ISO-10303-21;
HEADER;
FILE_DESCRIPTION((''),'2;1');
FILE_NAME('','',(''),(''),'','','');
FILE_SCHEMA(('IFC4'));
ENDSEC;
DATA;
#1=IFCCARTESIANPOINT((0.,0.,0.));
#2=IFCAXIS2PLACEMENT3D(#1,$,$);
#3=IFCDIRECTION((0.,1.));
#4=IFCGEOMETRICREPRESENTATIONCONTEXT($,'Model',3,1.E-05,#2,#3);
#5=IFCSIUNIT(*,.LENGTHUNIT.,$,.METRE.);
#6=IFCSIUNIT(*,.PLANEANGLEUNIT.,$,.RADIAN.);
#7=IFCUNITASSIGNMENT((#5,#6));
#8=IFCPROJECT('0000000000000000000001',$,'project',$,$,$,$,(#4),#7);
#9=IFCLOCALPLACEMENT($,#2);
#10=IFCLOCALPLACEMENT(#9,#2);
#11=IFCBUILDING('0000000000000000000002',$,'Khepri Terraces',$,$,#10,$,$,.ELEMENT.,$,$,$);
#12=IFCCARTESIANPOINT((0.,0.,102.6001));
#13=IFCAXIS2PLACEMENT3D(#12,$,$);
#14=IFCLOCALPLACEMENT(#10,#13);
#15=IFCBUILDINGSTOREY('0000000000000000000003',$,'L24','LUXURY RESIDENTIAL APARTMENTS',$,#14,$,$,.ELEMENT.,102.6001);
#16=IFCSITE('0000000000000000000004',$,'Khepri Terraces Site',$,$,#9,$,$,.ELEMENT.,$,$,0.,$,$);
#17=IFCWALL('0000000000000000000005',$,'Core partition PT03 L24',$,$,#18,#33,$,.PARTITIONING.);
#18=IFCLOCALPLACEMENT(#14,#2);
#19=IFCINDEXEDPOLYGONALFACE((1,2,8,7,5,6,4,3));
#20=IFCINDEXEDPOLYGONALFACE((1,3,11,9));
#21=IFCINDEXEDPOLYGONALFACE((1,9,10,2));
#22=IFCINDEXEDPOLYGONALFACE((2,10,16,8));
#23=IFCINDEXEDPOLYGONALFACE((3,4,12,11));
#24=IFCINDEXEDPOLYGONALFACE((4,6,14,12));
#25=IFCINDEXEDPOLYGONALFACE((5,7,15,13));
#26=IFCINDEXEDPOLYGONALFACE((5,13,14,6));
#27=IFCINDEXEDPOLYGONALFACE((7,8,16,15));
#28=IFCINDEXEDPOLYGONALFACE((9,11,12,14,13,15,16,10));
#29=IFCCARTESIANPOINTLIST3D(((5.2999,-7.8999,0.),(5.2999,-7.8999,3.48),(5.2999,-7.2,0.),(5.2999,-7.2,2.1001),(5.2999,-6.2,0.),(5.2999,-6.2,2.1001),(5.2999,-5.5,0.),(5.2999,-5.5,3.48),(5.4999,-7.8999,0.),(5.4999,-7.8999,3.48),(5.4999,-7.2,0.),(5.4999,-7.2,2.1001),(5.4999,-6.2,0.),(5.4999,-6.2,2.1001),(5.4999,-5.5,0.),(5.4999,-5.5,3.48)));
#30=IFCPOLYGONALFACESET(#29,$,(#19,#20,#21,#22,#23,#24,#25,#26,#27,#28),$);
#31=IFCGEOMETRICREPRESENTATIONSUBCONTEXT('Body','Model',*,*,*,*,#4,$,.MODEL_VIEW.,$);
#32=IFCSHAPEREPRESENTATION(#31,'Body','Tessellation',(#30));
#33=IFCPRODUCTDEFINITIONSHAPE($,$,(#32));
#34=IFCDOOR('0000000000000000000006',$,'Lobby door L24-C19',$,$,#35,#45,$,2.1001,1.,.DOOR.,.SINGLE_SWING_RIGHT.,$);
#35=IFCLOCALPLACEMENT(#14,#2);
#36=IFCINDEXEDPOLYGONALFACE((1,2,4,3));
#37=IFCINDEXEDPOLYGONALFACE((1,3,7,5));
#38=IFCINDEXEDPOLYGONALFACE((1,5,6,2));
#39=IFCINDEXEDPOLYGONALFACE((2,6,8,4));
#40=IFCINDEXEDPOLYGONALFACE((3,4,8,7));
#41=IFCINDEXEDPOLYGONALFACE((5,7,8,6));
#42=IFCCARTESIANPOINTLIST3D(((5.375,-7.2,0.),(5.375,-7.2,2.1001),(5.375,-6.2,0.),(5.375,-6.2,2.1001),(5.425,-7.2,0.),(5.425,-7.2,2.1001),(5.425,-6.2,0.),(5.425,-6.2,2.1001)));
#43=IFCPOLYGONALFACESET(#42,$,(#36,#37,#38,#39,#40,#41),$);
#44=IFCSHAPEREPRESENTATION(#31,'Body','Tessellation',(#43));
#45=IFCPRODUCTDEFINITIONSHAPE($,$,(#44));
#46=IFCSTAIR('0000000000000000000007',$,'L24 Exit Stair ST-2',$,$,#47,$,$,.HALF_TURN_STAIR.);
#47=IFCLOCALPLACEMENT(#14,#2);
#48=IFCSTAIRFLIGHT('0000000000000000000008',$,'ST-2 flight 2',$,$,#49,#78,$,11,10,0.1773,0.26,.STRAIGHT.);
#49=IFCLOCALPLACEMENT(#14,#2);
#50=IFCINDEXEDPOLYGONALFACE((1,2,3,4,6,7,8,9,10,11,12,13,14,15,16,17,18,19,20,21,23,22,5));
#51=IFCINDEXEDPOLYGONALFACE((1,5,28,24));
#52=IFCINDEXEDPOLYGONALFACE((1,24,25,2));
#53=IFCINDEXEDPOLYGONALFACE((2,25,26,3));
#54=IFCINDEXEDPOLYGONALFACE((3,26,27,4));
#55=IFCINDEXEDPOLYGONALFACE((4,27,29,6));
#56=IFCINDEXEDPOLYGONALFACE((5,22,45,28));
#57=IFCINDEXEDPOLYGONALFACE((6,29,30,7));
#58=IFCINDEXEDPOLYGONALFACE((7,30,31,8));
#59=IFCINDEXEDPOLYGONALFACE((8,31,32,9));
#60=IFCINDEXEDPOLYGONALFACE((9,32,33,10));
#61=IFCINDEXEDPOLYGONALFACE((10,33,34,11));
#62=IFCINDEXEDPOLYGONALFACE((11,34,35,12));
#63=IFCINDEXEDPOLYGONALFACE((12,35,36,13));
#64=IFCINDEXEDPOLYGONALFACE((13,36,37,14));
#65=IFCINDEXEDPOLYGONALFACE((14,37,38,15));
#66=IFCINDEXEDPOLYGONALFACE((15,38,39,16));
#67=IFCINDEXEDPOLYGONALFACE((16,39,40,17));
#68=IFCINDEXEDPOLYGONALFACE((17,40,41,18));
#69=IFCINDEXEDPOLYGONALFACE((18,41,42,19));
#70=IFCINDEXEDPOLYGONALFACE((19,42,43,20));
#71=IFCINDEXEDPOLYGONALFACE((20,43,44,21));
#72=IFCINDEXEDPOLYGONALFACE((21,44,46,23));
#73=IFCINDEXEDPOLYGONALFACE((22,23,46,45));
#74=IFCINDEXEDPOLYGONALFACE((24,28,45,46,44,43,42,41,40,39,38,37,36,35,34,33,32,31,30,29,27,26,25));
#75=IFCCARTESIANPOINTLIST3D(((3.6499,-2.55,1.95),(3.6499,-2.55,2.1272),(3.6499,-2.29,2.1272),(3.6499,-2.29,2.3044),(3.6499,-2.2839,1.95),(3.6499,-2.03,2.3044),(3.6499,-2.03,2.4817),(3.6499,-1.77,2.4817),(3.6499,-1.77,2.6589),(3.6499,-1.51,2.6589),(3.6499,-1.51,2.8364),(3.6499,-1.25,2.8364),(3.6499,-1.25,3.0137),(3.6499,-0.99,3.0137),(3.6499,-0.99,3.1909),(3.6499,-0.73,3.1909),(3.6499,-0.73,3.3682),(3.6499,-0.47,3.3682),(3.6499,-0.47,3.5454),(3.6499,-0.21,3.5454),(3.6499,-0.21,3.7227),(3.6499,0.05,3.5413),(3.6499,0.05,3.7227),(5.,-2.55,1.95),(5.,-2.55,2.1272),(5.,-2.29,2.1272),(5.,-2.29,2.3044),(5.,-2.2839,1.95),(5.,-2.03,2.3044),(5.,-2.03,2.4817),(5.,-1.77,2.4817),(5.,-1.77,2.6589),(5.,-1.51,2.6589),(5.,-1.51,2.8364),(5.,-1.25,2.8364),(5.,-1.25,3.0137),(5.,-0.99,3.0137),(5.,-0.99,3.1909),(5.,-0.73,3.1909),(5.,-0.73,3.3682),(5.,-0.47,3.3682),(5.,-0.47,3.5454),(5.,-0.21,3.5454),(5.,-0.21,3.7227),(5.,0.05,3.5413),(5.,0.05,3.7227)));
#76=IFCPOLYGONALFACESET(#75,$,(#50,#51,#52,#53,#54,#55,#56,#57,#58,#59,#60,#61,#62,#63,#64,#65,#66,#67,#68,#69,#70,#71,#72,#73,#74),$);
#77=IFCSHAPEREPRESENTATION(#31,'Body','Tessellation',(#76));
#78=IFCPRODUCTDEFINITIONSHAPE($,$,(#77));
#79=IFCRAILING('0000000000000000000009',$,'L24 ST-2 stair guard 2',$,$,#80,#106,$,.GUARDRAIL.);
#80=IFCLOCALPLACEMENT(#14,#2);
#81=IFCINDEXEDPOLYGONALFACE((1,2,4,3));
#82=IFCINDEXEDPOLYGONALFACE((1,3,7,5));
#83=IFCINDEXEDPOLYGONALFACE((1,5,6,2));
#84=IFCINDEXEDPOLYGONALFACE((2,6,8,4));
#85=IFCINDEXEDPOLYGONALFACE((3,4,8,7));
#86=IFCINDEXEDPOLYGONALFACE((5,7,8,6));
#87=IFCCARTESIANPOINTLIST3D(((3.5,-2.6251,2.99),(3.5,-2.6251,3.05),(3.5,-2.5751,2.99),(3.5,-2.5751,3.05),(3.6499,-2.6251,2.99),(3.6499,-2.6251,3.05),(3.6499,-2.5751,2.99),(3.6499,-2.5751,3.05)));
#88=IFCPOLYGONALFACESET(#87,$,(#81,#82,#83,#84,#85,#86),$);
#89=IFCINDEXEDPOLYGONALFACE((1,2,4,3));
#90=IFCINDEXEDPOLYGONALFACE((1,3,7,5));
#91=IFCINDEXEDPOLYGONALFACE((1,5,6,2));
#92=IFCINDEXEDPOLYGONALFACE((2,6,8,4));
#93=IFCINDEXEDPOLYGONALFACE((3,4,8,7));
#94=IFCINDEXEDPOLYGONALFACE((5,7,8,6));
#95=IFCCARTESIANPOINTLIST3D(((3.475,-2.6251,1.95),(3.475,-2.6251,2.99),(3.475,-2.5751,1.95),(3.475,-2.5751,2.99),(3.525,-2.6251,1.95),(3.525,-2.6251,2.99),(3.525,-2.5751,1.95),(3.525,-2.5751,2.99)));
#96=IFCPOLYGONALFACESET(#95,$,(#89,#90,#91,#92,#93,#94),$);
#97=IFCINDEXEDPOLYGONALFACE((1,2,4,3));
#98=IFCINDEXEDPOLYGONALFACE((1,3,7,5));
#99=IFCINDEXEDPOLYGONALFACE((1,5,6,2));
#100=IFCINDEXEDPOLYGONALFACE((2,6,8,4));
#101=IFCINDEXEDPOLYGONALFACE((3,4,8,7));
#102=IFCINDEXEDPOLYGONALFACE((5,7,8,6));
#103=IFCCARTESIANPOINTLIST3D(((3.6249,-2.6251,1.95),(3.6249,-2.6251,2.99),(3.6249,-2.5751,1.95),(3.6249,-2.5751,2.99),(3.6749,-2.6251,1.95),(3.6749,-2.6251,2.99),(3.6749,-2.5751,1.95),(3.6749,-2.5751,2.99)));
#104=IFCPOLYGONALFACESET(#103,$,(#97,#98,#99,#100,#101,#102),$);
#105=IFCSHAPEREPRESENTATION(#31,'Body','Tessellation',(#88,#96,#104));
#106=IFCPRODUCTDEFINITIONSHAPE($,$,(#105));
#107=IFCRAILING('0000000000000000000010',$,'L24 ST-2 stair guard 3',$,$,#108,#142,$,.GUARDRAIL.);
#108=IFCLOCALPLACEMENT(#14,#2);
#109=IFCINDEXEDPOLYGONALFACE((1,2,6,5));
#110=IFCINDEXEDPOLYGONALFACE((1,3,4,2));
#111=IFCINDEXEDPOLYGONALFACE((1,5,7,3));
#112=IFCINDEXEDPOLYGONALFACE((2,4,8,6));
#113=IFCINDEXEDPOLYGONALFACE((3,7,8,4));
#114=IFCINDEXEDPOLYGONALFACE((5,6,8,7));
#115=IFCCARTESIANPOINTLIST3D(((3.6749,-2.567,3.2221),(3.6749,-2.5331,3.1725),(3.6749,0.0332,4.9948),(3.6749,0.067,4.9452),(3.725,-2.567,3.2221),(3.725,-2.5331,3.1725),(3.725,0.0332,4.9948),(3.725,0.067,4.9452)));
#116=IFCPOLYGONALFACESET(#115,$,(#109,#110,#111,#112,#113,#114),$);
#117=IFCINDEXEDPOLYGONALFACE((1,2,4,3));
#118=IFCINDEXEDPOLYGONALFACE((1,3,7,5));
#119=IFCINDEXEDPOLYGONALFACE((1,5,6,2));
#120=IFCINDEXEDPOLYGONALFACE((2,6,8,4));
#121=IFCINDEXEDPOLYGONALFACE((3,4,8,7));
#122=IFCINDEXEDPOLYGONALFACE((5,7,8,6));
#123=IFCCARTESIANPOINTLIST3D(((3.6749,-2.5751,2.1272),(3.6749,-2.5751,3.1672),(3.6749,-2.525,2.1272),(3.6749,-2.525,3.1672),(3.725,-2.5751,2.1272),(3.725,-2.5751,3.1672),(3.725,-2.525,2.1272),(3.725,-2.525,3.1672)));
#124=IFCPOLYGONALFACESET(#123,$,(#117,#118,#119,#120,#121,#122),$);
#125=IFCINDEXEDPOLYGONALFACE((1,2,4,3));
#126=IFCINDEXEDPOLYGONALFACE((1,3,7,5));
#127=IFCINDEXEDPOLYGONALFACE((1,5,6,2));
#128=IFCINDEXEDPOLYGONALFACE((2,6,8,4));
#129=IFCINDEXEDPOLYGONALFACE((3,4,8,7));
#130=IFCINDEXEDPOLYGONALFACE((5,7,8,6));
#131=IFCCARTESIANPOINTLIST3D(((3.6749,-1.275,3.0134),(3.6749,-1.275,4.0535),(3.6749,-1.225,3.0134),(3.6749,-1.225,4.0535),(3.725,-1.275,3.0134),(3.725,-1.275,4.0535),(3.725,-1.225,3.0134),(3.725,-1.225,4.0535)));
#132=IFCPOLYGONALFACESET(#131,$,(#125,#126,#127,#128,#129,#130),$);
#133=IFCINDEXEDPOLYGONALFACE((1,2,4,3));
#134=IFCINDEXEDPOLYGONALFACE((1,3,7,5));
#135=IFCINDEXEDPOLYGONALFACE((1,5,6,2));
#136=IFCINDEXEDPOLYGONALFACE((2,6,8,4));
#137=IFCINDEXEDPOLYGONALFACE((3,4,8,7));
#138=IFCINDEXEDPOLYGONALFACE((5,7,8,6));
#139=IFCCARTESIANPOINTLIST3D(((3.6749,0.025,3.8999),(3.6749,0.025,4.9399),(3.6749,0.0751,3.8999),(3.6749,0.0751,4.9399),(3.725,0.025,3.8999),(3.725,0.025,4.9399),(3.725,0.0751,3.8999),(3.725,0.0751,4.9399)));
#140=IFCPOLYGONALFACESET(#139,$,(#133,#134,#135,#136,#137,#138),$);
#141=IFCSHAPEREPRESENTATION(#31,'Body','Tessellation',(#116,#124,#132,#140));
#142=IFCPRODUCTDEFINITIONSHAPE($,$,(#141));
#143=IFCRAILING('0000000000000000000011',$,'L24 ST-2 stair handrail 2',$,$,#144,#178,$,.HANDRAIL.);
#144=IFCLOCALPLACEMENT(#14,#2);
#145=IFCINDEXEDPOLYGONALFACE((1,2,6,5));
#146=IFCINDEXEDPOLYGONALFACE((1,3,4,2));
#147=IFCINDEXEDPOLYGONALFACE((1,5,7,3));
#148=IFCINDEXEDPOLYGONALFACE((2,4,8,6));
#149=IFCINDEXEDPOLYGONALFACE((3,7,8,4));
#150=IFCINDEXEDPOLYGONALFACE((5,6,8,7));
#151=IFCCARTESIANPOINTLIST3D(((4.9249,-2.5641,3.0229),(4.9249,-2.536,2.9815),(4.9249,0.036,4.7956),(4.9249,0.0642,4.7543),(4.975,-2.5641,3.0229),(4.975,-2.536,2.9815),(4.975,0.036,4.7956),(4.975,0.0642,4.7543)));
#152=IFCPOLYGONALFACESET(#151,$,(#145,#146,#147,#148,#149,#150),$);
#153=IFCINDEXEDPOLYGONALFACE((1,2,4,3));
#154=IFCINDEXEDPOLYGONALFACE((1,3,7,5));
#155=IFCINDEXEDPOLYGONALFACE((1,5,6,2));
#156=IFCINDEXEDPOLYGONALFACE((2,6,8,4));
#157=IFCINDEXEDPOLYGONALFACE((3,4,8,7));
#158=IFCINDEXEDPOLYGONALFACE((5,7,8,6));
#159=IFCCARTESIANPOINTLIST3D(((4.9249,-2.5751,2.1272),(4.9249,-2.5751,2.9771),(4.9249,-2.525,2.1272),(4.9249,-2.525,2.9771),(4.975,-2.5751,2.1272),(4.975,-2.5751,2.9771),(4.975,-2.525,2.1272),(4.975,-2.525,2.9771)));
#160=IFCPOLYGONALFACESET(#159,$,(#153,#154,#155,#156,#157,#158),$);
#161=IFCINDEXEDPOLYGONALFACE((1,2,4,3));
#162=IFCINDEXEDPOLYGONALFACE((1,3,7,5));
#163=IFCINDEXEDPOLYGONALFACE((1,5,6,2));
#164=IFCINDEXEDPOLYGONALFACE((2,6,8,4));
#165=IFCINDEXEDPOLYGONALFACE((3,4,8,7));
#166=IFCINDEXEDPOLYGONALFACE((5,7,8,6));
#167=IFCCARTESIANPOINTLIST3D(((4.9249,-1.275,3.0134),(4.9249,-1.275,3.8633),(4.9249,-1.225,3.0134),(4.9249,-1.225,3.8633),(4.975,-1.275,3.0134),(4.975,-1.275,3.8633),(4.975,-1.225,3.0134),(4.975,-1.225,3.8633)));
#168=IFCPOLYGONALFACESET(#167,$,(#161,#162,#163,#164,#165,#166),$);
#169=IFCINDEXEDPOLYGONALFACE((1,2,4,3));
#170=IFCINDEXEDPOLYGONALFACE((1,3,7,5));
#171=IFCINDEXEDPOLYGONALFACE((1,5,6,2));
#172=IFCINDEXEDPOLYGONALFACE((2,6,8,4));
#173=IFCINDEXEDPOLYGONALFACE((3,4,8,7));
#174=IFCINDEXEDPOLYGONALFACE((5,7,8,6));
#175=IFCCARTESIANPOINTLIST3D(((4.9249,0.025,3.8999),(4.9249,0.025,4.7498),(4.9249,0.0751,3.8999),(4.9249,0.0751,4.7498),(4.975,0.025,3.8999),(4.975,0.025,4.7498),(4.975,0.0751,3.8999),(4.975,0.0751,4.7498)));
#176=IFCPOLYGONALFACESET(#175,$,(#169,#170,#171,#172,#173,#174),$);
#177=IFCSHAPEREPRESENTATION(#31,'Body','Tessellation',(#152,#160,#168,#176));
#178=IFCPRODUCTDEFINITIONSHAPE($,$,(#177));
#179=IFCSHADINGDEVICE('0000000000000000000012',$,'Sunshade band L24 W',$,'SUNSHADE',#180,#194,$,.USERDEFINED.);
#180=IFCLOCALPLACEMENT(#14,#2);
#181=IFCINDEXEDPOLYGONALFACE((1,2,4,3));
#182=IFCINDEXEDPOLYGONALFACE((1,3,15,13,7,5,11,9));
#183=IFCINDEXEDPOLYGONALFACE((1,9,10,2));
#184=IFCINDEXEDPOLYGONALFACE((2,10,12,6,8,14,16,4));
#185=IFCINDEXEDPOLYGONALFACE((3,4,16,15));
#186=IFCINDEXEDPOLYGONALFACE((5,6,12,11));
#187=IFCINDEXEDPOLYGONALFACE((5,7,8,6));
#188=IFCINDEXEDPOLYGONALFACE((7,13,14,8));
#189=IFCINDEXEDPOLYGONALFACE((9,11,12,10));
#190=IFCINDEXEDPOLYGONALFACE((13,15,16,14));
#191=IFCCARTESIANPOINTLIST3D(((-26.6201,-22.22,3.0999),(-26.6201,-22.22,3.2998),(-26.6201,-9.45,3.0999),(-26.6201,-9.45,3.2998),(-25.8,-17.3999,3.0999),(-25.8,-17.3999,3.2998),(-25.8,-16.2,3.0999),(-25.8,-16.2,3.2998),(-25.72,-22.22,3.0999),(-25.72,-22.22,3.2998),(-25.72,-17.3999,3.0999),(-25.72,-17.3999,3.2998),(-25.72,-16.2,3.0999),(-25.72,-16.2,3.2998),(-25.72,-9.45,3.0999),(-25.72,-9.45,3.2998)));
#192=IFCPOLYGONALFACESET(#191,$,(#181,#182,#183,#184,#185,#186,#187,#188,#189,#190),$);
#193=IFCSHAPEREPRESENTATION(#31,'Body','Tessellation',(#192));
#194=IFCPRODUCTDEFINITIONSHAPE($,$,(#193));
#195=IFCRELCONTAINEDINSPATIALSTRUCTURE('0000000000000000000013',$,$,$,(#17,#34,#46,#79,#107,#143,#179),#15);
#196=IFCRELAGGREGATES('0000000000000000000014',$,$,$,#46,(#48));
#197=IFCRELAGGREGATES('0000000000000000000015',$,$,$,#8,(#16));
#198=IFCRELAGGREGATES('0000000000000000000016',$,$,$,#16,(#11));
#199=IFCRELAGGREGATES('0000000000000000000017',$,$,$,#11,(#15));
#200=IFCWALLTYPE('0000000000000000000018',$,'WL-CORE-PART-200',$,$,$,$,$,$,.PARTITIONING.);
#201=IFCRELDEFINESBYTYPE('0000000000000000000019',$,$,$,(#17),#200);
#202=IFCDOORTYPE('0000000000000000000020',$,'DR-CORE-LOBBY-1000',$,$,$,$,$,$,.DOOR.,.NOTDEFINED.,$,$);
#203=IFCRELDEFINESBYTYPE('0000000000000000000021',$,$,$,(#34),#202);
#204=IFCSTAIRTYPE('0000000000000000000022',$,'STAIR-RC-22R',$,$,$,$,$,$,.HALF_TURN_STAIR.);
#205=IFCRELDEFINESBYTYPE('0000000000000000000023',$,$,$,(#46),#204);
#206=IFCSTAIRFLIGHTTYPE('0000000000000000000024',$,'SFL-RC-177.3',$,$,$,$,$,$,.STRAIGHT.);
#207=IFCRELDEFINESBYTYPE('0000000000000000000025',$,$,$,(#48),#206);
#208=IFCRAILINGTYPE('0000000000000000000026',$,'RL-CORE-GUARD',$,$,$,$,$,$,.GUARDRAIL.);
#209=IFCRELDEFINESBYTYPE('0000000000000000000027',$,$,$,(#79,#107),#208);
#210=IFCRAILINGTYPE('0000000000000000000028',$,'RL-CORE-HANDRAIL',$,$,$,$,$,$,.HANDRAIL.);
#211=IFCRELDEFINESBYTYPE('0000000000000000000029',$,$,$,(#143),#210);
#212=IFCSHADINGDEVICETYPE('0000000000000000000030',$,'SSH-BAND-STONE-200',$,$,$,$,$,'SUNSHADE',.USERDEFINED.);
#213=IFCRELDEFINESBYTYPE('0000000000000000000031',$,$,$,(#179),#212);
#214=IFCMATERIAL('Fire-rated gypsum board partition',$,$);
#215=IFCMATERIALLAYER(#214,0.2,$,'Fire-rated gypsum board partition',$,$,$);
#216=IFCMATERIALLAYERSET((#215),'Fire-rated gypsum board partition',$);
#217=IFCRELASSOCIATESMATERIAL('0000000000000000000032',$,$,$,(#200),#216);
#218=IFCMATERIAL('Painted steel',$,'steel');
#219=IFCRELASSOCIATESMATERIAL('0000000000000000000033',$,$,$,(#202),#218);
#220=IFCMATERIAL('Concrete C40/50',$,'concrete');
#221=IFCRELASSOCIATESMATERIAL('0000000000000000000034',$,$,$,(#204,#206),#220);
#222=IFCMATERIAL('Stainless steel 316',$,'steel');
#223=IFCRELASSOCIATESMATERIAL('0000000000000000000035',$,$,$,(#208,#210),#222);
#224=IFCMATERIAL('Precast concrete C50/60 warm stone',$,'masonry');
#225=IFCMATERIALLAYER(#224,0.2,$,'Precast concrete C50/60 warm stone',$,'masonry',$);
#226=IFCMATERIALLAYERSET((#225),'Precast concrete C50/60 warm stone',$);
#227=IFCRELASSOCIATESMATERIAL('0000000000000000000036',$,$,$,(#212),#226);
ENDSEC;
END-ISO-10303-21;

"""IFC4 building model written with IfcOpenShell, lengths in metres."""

from ifc_helpers import new_model, si_unit, direction, frame, frame_2d, origin, origin_2d, place, context, subcontext, project, spatial, polyline, rectangle, outline, extrude, material, layer, layer_set, type_object, element, fill, aggregate, save


model = new_model("IFC4")

# Units and contexts
model_context = context("Model", 3, precision=1e-05, world=origin(), true_north=direction((0.0, 1.0)))
body_context = subcontext(model_context, "Body", "Model", "MODEL_VIEW")
ifc_project = project(units=[si_unit("LENGTHUNIT", "METRE"), si_unit("PLANEANGLEUNIT", "RADIAN")], contexts=[model_context])

# Site, building, storey
site_placement = place(None, origin())
site = spatial("IfcSite", under=ifc_project, at=site_placement, Name="Khepri Terraces Site", CompositionType="ELEMENT", RefElevation=0.0)
building_placement = place(site_placement, origin())
building = spatial("IfcBuilding", under=site, at=building_placement, Name="Khepri Terraces", CompositionType="ELEMENT")
storey_placement = place(building_placement, frame((0.0, 0.0, 102.6001)))
storey = spatial("IfcBuildingStorey", under=building, at=storey_placement, Name="L24", Description="LUXURY RESIDENTIAL APARTMENTS", CompositionType="ELEMENT", Elevation=102.6001)

# Shared definitions
ifc_material_1 = material(Name="Painted steel", Category="steel")

# Shared definitions
ifc_material_2 = material(Name="Fire-rated gypsum board partition")

# Wall, opening, door
ifc_layer_1 = layer(ifc_material_2, 0.2, Name="Fire-rated gypsum board partition")
ifc_layer_set_1 = layer_set([ifc_layer_1], Name="Fire-rated gypsum board partition")
wall_type_1 = type_object("IfcWallType", Name="WL-CORE-PART-200", PredefinedType="PARTITIONING", material=ifc_layer_set_1)
wall_1_placement = place(storey_placement, frame((5.3999, -7.8999, 0.0), z_axis=(0.0, 0.0, 1.0), x_axis=(0.0, 1.0, 0.0)))
wall_1 = element("IfcWall", 1, at=wall_1_placement, inside=storey, type_object=wall_type_1, Name="Core partition PT03 L24", PredefinedType="PARTITIONING", context=body_context, shape_type="SweptSolid", body=[
    extrude(rectangle(XDim=2.3999, YDim=0.2, at=frame_2d((1.2, 0.0))), origin(), (0.0, 0.0, 1.0), 3.48),
])
opening_1_placement = place(wall_1_placement, frame((0.7, 0.0, 0.0)))
opening_1 = element("IfcOpeningElement", 2, at=opening_1_placement, cuts=wall_1, PredefinedType="OPENING", context=body_context, shape_type="SweptSolid", body=[
    extrude(rectangle(XDim=1.0, YDim=2.1001, at=frame_2d((0.5, 1.05))), frame((0.0, 0.1099, 0.0), z_axis=(0.0, -1.0, 0.0), x_axis=(1.0, 0.0, 0.0)), (0.0, 0.0, 1.0), 0.22),
])
door_type_1 = type_object("IfcDoorType", Name="DR-CORE-LOBBY-1000", OperationType="NOTDEFINED", PredefinedType="DOOR", material=ifc_material_1)
door_1_placement = place(opening_1_placement, origin())
door_1 = element("IfcDoor", 3, at=door_1_placement, inside=storey, type_object=door_type_1, Name="Lobby door L24-C19", OperationType="SINGLE_SWING_RIGHT", OverallHeight=2.1001, OverallWidth=1.0, PredefinedType="DOOR", context=body_context, shape_type="SweptSolid", body=[
    extrude(rectangle(XDim=1.0, YDim=2.1001, at=frame_2d((0.5, 1.05))), frame((0.0, 0.0249, 0.0), z_axis=(0.0, -1.0, 0.0), x_axis=(1.0, 0.0, 0.0)), (0.0, 0.0, 1.0), 0.05),
])
fill(opening_1, door_1)

# Stair, stair flight
ifc_material_3 = material(Name="Concrete C40/50", Category="concrete")
stair_type = type_object("IfcStairType", Name="STAIR-RC-22R", PredefinedType="HALF_TURN_STAIR", material=ifc_material_3)
stair_placement = place(storey_placement, origin())
stair = element("IfcStair", 4, at=stair_placement, inside=storey, type_object=stair_type, Name="L24 Exit Stair ST-2", PredefinedType="HALF_TURN_STAIR")
stair_flight_type = type_object("IfcStairFlightType", Name="SFL-RC-177.3", PredefinedType="STRAIGHT", material=ifc_material_3)
stair_flight_placement = place(storey_placement, frame((4.325, -2.55, 1.95), z_axis=(0.0, 0.0, 1.0), x_axis=(0.0, 1.0, 0.0)))
stair_flight = element("IfcStairFlight", 5, at=stair_flight_placement, type_object=stair_flight_type, Name="ST-2 flight 2", NumberOfRisers=11, NumberOfTreads=10, PredefinedType="STRAIGHT", RiserHeight=0.1773, TreadLength=0.26, context=body_context, shape_type="SweptSolid", body=[
    extrude(outline(polyline([(0.0, 0.0), (0.0, 0.1772), (0.26, 0.1772), (0.26, 0.3545), (0.52, 0.3545), (0.52, 0.5317), (0.78, 0.5317), (0.78, 0.709), (1.04, 0.709), (1.04, 0.8865), (1.3, 0.8865), (1.3, 1.0637), (1.5601, 1.0637), (1.5601, 1.241), (1.8201, 1.241), (1.8201, 1.4182), (2.0801, 1.4182), (2.0801, 1.5955), (2.3401, 1.5955), (2.3401, 1.7727), (2.6001, 1.7727), (2.6001, 1.95), (2.6001, 1.5913), (0.2661, 0.0), (0.0, 0.0)])), frame((0.0, 0.675, 0.0), z_axis=(0.0, -1.0, 0.0), x_axis=(1.0, 0.0, 0.0)), (0.0, 0.0, 1.0), 1.3501),
])
aggregate(stair, [stair_flight])

# Railings
ifc_material_4 = material(Name="Stainless steel 316", Category="steel")
railing_type_1 = type_object("IfcRailingType", Name="RL-CORE-GUARD", PredefinedType="GUARDRAIL", material=ifc_material_4)
railing_1_placement = place(storey_placement, frame((3.5, -2.6001, 1.95)))
element("IfcRailing", 6, at=railing_1_placement, inside=storey, type_object=railing_type_1, Name="L24 ST-2 stair guard 2", PredefinedType="GUARDRAIL", context=body_context, shape_type="SweptSolid", body=[
    extrude(rectangle(XDim=0.05, YDim=0.0601, at=origin_2d()), frame((0.0, 0.0, 1.0701), z_axis=(1.0, 0.0, 0.0), x_axis=(0.0, 1.0, 0.0)), (0.0, 0.0, 1.0), 0.1499),
    extrude(rectangle(XDim=0.05, YDim=0.05, at=origin_2d()), origin(), (0.0, 0.0, 1.0), 1.04),
    extrude(rectangle(XDim=0.05, YDim=0.05, at=origin_2d()), frame((0.1499, 0.0, 0.0)), (0.0, 0.0, 1.0), 1.04),
])
railing_2_placement = place(storey_placement, frame((3.7, -2.55, 2.1272)))
element("IfcRailing", 7, at=railing_2_placement, inside=storey, type_object=railing_type_1, Name="L24 ST-2 stair guard 3", PredefinedType="GUARDRAIL", context=body_context, shape_type="SweptSolid", body=[
    extrude(rectangle(XDim=0.05, YDim=0.0601, at=origin_2d()), frame((0.0, 0.0, 1.0701), z_axis=(0.0, 0.82624, 0.563318), x_axis=(-1.0, 0.0, 0.0)), (0.0, 0.0, 1.0), 3.147),
    extrude(rectangle(XDim=0.05, YDim=0.05, at=origin_2d()), origin(), (0.0, 0.0, 1.0), 1.04),
    extrude(rectangle(XDim=0.05, YDim=0.05, at=origin_2d()), frame((0.0, 1.3, 0.8862)), (0.0, 0.0, 1.0), 1.04),
    extrude(rectangle(XDim=0.05, YDim=0.05, at=origin_2d()), frame((0.0, 2.6001, 1.7727)), (0.0, 0.0, 1.0), 1.04),
])
railing_type_2 = type_object("IfcRailingType", Name="RL-CORE-HANDRAIL", PredefinedType="HANDRAIL", material=ifc_material_4)
railing_3_placement = place(storey_placement, frame((4.95, -2.55, 2.1272)))
element("IfcRailing", 8, at=railing_3_placement, inside=storey, type_object=railing_type_2, Name="L24 ST-2 stair handrail 2", PredefinedType="HANDRAIL", context=body_context, shape_type="SweptSolid", body=[
    extrude(rectangle(XDim=0.05, YDim=0.05, at=origin_2d()), frame((0.0, 0.0, 0.875), z_axis=(0.0, 0.82624, 0.563318), x_axis=(-1.0, 0.0, 0.0)), (0.0, 0.0, 1.0), 3.147),
    extrude(rectangle(XDim=0.05, YDim=0.05, at=origin_2d()), origin(), (0.0, 0.0, 1.0), 0.8499),
    extrude(rectangle(XDim=0.05, YDim=0.05, at=origin_2d()), frame((0.0, 1.3, 0.8862)), (0.0, 0.0, 1.0), 0.8499),
    extrude(rectangle(XDim=0.05, YDim=0.05, at=origin_2d()), frame((0.0, 2.6001, 1.7727)), (0.0, 0.0, 1.0), 0.8499),
])

# Shading device
ifc_material_5 = material(Name="Precast concrete C50/60 warm stone", Category="masonry")
ifc_layer_2 = layer(ifc_material_5, 0.2, Name="Precast concrete C50/60 warm stone", Category="masonry")
ifc_layer_set_2 = layer_set([ifc_layer_2], Name="Precast concrete C50/60 warm stone")
shading_device_type = type_object("IfcShadingDeviceType", Name="SSH-BAND-STONE-200", ElementType="SUNSHADE", PredefinedType="USERDEFINED", material=ifc_layer_set_2)
shading_device_placement = place(storey_placement, frame((0.0, 0.0, 3.0999)))
element("IfcShadingDevice", 9, at=shading_device_placement, inside=storey, type_object=shading_device_type, Name="Sunshade band L24 W", ObjectType="SUNSHADE", PredefinedType="USERDEFINED", context=body_context, shape_type="SweptSolid", body=[
    extrude(outline(polyline([(-25.72, -16.2), (-25.72, -9.45), (-26.6201, -9.45), (-26.6201, -22.22), (-25.72, -22.22), (-25.72, -17.3999), (-25.8, -17.3999), (-25.8, -16.2), (-25.72, -16.2)])), origin(), (0.0, 0.0, 1.0), 0.2),
])

save(model, "model.ifc")
